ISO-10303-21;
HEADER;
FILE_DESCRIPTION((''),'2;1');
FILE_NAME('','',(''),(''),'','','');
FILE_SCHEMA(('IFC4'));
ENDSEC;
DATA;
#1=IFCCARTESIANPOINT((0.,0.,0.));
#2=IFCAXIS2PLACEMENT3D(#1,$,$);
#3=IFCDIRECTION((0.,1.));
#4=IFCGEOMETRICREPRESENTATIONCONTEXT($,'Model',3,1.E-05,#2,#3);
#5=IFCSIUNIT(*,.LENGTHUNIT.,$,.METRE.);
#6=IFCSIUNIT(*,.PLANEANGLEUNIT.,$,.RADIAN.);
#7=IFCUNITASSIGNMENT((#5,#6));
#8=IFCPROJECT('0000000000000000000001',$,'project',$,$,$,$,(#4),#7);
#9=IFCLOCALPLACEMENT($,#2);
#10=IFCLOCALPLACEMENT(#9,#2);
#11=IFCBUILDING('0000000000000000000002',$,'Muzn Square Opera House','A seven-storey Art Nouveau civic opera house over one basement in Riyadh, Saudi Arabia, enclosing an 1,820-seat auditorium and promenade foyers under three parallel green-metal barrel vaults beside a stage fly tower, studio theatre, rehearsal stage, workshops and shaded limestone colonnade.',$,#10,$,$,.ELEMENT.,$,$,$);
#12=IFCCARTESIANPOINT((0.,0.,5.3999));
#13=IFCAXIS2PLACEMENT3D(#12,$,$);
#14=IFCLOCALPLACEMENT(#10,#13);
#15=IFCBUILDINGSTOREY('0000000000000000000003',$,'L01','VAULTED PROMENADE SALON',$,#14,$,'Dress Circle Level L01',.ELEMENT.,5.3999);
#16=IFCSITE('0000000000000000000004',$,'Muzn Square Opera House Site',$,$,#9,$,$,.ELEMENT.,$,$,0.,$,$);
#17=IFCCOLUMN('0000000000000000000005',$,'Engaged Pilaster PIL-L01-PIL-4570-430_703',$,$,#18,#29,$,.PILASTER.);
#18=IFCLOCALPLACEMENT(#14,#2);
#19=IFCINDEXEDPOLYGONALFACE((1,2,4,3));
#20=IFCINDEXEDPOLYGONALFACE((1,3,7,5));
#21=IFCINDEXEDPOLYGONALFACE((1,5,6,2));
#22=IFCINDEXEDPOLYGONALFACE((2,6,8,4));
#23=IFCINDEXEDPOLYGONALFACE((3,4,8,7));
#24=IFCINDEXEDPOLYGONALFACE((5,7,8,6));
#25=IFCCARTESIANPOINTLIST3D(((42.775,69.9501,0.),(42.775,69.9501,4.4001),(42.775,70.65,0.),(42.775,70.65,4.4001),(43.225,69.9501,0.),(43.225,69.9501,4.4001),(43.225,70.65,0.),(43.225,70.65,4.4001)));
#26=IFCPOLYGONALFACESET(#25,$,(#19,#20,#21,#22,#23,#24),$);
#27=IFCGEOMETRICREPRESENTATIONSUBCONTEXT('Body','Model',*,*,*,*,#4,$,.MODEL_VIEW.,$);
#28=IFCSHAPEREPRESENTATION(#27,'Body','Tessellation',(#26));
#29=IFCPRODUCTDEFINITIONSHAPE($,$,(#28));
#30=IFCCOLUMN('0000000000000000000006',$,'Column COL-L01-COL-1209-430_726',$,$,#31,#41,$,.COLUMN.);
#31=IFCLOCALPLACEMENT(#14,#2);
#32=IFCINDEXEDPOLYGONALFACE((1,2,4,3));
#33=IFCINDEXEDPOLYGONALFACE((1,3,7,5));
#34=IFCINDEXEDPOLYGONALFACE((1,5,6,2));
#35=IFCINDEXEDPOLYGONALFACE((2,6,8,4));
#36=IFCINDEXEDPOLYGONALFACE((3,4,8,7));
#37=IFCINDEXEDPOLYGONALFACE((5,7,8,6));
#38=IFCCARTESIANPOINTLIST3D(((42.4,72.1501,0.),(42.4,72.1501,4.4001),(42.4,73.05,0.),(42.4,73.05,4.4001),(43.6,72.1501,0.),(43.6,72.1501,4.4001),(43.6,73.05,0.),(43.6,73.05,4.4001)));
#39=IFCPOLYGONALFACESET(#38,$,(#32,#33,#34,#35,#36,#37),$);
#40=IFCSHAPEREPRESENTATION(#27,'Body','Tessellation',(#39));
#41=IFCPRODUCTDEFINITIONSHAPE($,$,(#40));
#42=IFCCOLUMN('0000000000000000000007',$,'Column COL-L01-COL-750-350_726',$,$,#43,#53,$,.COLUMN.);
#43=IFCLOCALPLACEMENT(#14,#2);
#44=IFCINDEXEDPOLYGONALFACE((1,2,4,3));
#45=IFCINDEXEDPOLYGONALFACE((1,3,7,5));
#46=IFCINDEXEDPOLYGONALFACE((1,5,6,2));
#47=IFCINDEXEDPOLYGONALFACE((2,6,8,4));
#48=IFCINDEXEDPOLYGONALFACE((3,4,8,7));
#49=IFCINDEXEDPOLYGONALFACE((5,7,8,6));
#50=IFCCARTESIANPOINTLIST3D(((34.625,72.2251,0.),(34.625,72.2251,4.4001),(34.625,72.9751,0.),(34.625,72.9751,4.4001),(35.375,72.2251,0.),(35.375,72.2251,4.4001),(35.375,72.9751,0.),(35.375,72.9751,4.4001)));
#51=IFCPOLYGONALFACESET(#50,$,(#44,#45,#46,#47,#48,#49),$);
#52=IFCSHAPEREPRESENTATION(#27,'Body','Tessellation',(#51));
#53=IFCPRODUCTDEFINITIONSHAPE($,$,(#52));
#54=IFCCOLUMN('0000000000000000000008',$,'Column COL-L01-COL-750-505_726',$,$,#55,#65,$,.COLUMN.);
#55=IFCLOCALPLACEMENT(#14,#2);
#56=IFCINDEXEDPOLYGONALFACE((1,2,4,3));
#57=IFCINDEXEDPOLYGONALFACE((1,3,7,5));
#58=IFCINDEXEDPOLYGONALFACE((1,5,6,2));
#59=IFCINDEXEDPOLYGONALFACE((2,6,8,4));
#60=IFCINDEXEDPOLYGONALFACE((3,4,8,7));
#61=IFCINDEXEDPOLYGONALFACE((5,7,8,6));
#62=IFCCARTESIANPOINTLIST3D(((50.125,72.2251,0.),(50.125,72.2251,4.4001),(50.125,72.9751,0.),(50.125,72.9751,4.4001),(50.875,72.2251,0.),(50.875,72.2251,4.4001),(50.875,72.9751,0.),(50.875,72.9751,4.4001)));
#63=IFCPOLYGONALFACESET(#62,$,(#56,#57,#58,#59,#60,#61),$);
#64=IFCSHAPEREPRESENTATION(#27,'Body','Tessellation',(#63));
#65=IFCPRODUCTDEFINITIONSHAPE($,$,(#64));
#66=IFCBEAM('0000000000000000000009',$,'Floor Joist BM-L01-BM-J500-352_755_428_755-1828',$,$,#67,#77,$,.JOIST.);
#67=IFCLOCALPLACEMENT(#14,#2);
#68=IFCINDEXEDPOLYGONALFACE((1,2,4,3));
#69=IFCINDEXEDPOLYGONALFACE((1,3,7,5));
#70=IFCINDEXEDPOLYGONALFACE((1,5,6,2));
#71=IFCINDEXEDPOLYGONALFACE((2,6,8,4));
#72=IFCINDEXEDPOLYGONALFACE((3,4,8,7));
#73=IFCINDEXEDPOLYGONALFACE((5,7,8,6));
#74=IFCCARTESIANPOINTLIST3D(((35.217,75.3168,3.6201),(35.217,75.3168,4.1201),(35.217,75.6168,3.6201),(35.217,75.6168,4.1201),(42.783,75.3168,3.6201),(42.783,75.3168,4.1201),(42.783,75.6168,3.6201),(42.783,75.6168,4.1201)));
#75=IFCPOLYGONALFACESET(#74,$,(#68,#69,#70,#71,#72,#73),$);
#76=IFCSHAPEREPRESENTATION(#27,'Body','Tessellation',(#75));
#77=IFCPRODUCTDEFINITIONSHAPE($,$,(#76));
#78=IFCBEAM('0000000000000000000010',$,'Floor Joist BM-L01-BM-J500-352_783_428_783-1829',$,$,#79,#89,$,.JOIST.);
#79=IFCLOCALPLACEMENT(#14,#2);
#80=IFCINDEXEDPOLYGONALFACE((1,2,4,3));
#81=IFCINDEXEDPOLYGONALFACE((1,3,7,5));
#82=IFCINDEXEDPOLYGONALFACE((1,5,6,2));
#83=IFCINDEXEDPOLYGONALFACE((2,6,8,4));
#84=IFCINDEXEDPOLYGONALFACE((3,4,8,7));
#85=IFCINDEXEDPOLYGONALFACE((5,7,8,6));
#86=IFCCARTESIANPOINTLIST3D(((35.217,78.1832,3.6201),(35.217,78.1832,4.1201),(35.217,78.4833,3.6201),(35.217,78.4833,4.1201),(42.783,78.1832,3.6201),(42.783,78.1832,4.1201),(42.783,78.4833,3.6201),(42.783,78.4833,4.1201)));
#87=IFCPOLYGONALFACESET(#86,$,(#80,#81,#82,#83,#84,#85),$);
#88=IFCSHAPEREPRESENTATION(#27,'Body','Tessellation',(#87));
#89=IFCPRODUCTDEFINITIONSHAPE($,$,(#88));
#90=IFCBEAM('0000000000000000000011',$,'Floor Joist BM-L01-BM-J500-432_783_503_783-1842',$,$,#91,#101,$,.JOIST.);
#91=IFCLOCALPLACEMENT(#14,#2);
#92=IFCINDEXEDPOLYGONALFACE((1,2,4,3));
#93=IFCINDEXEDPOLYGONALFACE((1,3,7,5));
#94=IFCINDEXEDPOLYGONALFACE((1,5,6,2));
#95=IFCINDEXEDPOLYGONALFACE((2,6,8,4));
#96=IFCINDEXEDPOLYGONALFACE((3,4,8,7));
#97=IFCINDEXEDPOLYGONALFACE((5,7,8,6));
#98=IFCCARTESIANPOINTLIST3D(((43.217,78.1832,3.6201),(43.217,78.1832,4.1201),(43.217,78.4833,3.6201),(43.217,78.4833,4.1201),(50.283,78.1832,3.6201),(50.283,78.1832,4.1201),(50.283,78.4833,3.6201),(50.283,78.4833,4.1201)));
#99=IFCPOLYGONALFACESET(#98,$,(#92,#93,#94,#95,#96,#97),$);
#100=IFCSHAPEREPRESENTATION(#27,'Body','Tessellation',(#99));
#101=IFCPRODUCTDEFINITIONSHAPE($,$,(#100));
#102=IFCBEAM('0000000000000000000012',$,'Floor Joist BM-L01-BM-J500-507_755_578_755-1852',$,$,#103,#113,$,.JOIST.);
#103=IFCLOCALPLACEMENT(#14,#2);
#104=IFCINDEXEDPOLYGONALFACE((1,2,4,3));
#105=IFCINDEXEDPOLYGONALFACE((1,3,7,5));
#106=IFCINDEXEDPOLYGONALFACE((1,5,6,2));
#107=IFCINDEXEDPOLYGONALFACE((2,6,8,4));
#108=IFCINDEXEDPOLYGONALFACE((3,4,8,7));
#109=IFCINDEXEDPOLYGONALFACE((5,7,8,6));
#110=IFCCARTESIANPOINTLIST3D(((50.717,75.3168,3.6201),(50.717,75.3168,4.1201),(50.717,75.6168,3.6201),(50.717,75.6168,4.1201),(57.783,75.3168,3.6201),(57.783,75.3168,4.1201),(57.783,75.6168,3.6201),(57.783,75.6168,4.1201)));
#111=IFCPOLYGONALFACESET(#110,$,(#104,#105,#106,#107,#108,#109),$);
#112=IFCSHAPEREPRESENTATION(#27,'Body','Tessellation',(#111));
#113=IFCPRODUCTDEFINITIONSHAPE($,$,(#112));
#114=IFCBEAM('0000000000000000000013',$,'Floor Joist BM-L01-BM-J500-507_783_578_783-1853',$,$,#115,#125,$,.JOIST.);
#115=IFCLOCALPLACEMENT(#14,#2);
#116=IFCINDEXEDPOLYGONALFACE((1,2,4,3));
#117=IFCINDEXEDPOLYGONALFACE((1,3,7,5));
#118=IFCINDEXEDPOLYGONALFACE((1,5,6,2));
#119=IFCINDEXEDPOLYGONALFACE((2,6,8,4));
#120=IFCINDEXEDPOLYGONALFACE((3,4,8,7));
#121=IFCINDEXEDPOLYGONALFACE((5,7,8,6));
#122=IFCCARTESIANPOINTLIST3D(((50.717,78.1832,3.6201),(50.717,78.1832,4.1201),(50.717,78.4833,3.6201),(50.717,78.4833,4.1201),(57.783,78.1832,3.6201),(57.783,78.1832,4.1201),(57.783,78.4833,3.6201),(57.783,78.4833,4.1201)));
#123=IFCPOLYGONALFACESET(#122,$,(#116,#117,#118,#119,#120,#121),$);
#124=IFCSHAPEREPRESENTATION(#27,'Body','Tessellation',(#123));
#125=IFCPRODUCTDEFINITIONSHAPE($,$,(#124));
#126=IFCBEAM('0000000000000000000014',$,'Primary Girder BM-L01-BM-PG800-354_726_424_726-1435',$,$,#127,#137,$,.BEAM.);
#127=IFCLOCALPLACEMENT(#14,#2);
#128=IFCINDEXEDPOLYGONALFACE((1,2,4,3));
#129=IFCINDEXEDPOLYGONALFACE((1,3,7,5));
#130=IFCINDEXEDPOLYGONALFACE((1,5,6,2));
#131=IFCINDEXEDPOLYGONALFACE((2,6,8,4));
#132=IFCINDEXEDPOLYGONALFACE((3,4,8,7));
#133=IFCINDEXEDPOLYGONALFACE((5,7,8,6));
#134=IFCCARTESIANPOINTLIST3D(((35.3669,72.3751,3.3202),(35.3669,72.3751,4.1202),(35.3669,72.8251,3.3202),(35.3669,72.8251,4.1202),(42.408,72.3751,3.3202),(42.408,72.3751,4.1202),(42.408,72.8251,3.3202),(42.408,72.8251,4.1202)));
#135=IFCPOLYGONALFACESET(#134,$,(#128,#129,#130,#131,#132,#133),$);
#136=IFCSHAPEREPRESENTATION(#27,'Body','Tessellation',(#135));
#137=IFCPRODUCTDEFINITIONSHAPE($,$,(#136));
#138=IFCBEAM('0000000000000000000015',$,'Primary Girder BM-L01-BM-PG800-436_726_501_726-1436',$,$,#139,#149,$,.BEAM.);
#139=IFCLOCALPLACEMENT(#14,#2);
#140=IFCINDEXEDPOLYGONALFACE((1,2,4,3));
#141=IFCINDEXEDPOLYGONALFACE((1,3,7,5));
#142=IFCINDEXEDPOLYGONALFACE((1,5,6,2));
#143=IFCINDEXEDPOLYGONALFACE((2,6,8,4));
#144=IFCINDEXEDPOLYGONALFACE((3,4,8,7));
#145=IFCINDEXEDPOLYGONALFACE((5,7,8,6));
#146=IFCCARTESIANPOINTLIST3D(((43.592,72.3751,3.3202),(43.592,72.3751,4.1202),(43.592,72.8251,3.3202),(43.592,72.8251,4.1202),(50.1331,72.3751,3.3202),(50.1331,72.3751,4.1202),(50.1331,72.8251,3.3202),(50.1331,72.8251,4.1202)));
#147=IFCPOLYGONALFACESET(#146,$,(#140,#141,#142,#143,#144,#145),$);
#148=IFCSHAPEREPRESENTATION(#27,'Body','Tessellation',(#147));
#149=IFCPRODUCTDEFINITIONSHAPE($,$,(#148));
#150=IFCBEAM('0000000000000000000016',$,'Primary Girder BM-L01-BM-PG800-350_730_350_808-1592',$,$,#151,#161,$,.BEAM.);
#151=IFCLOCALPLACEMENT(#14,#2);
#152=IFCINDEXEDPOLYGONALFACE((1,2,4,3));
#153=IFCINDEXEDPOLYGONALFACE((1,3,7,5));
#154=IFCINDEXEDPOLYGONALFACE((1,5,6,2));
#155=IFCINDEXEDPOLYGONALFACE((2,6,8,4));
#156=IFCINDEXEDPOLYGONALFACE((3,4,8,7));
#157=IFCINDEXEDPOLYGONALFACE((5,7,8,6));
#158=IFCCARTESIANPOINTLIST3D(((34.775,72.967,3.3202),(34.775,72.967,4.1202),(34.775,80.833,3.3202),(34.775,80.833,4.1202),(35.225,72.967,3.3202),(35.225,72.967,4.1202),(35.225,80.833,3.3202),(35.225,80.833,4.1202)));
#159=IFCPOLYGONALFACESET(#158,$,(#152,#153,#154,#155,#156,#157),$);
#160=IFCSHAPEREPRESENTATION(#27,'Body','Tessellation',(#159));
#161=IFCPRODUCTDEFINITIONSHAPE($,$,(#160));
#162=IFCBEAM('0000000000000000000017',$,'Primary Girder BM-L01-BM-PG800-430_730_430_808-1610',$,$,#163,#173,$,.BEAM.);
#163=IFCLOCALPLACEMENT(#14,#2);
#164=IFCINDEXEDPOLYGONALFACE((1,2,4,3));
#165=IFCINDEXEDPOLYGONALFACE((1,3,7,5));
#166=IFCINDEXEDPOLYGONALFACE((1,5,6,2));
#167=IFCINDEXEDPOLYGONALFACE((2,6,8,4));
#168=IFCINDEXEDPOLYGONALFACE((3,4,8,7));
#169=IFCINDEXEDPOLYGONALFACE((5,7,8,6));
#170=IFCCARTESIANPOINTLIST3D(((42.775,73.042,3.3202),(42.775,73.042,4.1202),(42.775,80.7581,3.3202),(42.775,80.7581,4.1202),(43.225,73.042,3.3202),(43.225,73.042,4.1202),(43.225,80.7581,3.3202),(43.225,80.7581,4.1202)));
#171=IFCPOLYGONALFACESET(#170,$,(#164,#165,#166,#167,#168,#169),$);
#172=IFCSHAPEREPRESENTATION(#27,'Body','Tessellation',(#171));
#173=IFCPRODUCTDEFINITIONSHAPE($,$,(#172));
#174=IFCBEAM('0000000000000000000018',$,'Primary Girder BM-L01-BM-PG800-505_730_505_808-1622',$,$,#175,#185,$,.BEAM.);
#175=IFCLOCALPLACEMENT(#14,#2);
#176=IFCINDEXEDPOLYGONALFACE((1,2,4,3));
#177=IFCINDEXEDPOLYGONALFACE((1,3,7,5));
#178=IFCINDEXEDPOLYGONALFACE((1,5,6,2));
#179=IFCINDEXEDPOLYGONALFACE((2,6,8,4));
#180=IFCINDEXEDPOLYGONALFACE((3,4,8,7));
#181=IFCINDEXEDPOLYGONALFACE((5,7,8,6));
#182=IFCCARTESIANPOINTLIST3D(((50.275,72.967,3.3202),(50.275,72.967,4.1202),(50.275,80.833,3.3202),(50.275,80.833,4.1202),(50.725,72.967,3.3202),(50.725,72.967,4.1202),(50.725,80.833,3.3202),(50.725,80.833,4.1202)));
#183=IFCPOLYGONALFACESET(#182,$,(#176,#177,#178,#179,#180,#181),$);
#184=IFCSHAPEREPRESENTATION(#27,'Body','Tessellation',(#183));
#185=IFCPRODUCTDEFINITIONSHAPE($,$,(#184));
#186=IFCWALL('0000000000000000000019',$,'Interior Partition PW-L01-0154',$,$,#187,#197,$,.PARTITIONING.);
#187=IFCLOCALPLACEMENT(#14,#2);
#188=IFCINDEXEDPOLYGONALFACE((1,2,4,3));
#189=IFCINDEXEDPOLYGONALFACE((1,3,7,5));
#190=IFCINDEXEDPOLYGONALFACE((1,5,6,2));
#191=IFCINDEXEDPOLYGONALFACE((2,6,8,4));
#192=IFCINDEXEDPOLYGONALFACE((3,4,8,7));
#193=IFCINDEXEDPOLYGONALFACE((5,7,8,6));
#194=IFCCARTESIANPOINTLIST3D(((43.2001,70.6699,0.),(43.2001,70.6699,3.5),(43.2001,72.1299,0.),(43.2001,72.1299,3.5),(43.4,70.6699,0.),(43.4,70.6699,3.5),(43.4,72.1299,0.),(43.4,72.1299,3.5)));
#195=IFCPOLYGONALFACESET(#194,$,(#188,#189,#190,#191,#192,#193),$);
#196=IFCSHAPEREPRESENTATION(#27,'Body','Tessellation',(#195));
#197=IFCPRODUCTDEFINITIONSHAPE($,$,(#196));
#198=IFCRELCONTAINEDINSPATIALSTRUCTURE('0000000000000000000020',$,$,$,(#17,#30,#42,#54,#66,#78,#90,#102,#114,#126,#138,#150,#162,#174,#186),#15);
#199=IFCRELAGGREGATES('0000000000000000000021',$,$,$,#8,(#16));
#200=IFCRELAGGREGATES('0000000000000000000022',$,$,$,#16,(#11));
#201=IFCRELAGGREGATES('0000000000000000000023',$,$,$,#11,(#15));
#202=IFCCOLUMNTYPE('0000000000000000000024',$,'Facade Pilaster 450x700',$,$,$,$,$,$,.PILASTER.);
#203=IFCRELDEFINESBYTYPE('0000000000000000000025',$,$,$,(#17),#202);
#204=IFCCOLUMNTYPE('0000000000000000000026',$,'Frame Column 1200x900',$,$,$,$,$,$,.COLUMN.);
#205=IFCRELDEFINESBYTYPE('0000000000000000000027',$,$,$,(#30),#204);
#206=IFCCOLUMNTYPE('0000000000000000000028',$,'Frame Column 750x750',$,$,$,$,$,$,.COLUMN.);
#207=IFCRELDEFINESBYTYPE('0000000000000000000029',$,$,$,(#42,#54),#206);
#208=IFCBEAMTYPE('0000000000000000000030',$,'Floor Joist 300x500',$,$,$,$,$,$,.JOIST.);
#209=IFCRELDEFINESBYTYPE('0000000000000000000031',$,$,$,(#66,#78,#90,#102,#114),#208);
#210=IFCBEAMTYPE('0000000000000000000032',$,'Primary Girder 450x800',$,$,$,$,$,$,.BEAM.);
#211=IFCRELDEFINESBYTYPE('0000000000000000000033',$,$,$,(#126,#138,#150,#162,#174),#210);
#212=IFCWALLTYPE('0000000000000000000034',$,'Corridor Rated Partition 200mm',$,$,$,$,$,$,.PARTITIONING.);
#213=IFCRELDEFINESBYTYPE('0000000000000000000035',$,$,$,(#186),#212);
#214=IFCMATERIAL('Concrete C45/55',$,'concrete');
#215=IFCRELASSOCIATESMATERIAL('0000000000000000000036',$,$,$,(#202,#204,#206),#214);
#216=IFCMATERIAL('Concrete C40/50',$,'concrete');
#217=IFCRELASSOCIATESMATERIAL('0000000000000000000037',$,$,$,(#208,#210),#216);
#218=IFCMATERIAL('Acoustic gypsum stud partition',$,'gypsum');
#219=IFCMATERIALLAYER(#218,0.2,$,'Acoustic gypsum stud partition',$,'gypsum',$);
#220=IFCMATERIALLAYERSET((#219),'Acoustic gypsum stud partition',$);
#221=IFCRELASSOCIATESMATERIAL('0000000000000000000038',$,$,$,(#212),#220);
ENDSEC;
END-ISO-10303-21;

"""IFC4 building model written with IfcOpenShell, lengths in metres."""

from ifc_helpers import new_model, si_unit, direction, frame, frame_2d, origin, origin_2d, place, context, subcontext, project, spatial, rectangle, extrude, material, layer, layer_set, material_profile, profile_set, type_object, element, save


model = new_model("IFC4")

# Units and contexts
model_context = context("Model", 3, precision=1e-05, world=origin(), true_north=direction((0.0, 1.0)))
body_context = subcontext(model_context, "Body", "Model", "MODEL_VIEW")
ifc_project = project(units=[si_unit("LENGTHUNIT", "METRE"), si_unit("PLANEANGLEUNIT", "RADIAN")], contexts=[model_context])

# Site, building, storey
site_placement = place(None, origin())
site = spatial("IfcSite", under=ifc_project, at=site_placement, Name="Muzn Square Opera House Site", CompositionType="ELEMENT", RefElevation=0.0)
building_placement = place(site_placement, origin())
building = spatial("IfcBuilding", under=site, at=building_placement, Name="Muzn Square Opera House", Description="A seven-storey Art Nouveau civic opera house over one basement in Riyadh, Saudi Arabia, enclosing an 1,820-seat auditorium and promenade foyers under three parallel green-metal barrel vaults beside a stage fly tower, studio theatre, rehearsal stage, workshops and shaded limestone colonnade.", CompositionType="ELEMENT")
storey_placement = place(building_placement, frame((0.0, 0.0, 5.3999)))
storey = spatial("IfcBuildingStorey", under=building, at=storey_placement, Name="L01", Description="VAULTED PROMENADE SALON", LongName="Dress Circle Level L01", CompositionType="ELEMENT", Elevation=5.3999)

# Columns
ifc_material_1 = material(Name="Concrete C45/55", Category="concrete")
ifc_material_profile_1 = material_profile(ifc_material_1, rectangle(XDim=0.45, YDim=0.7, at=origin_2d()), Name="RC 450x700", Category="concrete")
ifc_profile_set_1 = profile_set([ifc_material_profile_1], Name="Concrete C45/55")
column_type_1 = type_object("IfcColumnType", Name="Facade Pilaster 450x700", PredefinedType="PILASTER", material=ifc_profile_set_1)
column_1_placement = place(storey_placement, frame((43.0, 70.3, 0.0), z_axis=(0.0, 0.0, 1.0), x_axis=(1.0, 0.0, 0.0)))
element("IfcColumn", 1, at=column_1_placement, inside=storey, type_object=column_type_1, Name="Engaged Pilaster PIL-L01-PIL-4570-430_703", PredefinedType="PILASTER", context=body_context, shape_type="SweptSolid", body=[
    extrude(rectangle(XDim=0.45, YDim=0.7, at=origin_2d()), origin(), (0.0, 0.0, 1.0), 4.4001),
])
ifc_material_profile_2 = material_profile(ifc_material_1, rectangle(XDim=1.2, YDim=0.8999, at=origin_2d()), Name="RC 1200x900", Category="concrete")
ifc_profile_set_2 = profile_set([ifc_material_profile_2], Name="Concrete C45/55")
column_type_2 = type_object("IfcColumnType", Name="Frame Column 1200x900", PredefinedType="COLUMN", material=ifc_profile_set_2)
column_2_placement = place(storey_placement, frame((43.0, 72.6001, 0.0), z_axis=(0.0, 0.0, 1.0), x_axis=(1.0, 0.0, 0.0)))
element("IfcColumn", 2, at=column_2_placement, inside=storey, type_object=column_type_2, Name="Column COL-L01-COL-1209-430_726", PredefinedType="COLUMN", context=body_context, shape_type="SweptSolid", body=[
    extrude(rectangle(XDim=1.2, YDim=0.8999, at=origin_2d()), origin(), (0.0, 0.0, 1.0), 4.4001),
])
ifc_material_profile_3 = material_profile(ifc_material_1, rectangle(XDim=0.75, YDim=0.75, at=origin_2d()), Name="RC 750x750", Category="concrete")
ifc_profile_set_3 = profile_set([ifc_material_profile_3], Name="Concrete C45/55")
column_type_3 = type_object("IfcColumnType", Name="Frame Column 750x750", PredefinedType="COLUMN", material=ifc_profile_set_3)
for number, where, z_axis, x_axis, name in (
    (3, (35.0, 72.6001, 0.0), (0.0, 0.0, 1.0), (1.0, 0.0, 0.0), "Column COL-L01-COL-750-350_726"),
    (4, (50.5, 72.6001, 0.0), (0.0, 0.0, 1.0), (1.0, 0.0, 0.0), "Column COL-L01-COL-750-505_726"),
):
    element("IfcColumn", number, at=place(storey_placement, frame(where, z_axis=z_axis, x_axis=x_axis)), inside=storey, type_object=column_type_3, Name=name, PredefinedType="COLUMN", context=body_context, shape_type="SweptSolid", body=[
        extrude(rectangle(XDim=0.75, YDim=0.75, at=origin_2d()), origin(), (0.0, 0.0, 1.0), 4.4001),
    ])

# Beams
ifc_material_2 = material(Name="Concrete C40/50", Category="concrete")
ifc_material_profile_4 = material_profile(ifc_material_2, rectangle(XDim=0.3, YDim=0.5, at=origin_2d()), Name="RCJ 300x500", Category="concrete")
ifc_profile_set_4 = profile_set([ifc_material_profile_4], Name="Concrete C40/50")
beam_type_1 = type_object("IfcBeamType", Name="Floor Joist 300x500", PredefinedType="JOIST", material=ifc_profile_set_4)
for number, where, z_axis, x_axis, name in (
    (5, (35.217, 75.4668, 3.8701), (1.0, 0.0, 0.0), (0.0, 1.0, 0.0), "Floor Joist BM-L01-BM-J500-352_755_428_755-1828"),
    (6, (35.217, 78.3333, 3.8701), (1.0, 0.0, 0.0), (0.0, 1.0, 0.0), "Floor Joist BM-L01-BM-J500-352_783_428_783-1829"),
):
    element("IfcBeam", number, at=place(storey_placement, frame(where, z_axis=z_axis, x_axis=x_axis)), inside=storey, type_object=beam_type_1, Name=name, PredefinedType="JOIST", context=body_context, shape_type="SweptSolid", body=[
        extrude(rectangle(XDim=0.3, YDim=0.5, at=origin_2d()), origin(), (0.0, 0.0, 1.0), 7.5659),
    ])
for number, where, z_axis, x_axis, name in (
    (7, (43.217, 78.3333, 3.8701), (1.0, 0.0, 0.0), (0.0, 1.0, 0.0), "Floor Joist BM-L01-BM-J500-432_783_503_783-1842"),
    (8, (50.717, 75.4668, 3.8701), (1.0, 0.0, 0.0), (0.0, 1.0, 0.0), "Floor Joist BM-L01-BM-J500-507_755_578_755-1852"),
    (9, (50.717, 78.3333, 3.8701), (1.0, 0.0, 0.0), (0.0, 1.0, 0.0), "Floor Joist BM-L01-BM-J500-507_783_578_783-1853"),
):
    element("IfcBeam", number, at=place(storey_placement, frame(where, z_axis=z_axis, x_axis=x_axis)), inside=storey, type_object=beam_type_1, Name=name, PredefinedType="JOIST", context=body_context, shape_type="SweptSolid", body=[
        extrude(rectangle(XDim=0.3, YDim=0.5, at=origin_2d()), origin(), (0.0, 0.0, 1.0), 7.0659),
    ])
ifc_material_profile_5 = material_profile(ifc_material_2, rectangle(XDim=0.45, YDim=0.8, at=origin_2d()), Name="RCB 450x800", Category="concrete")
ifc_profile_set_5 = profile_set([ifc_material_profile_5], Name="Concrete C40/50")
beam_type_2 = type_object("IfcBeamType", Name="Primary Girder 450x800", PredefinedType="BEAM", material=ifc_profile_set_5)
beam_1_placement = place(storey_placement, frame((35.3669, 72.6001, 3.7202), z_axis=(1.0, 0.0, 0.0), x_axis=(0.0, 1.0, 0.0)))
element("IfcBeam", 10, at=beam_1_placement, inside=storey, type_object=beam_type_2, Name="Primary Girder BM-L01-BM-PG800-354_726_424_726-1435", PredefinedType="BEAM", context=body_context, shape_type="SweptSolid", body=[
    extrude(rectangle(XDim=0.45, YDim=0.8, at=origin_2d()), origin(), (0.0, 0.0, 1.0), 7.041),
])
beam_2_placement = place(storey_placement, frame((43.592, 72.6001, 3.7202), z_axis=(1.0, 0.0, 0.0), x_axis=(0.0, 1.0, 0.0)))
element("IfcBeam", 11, at=beam_2_placement, inside=storey, type_object=beam_type_2, Name="Primary Girder BM-L01-BM-PG800-436_726_501_726-1436", PredefinedType="BEAM", context=body_context, shape_type="SweptSolid", body=[
    extrude(rectangle(XDim=0.45, YDim=0.8, at=origin_2d()), origin(), (0.0, 0.0, 1.0), 6.541),
])
beam_3_placement = place(storey_placement, frame((35.0, 72.967, 3.7202), z_axis=(0.0, 1.0, 0.0), x_axis=(-1.0, 0.0, 0.0)))
element("IfcBeam", 12, at=beam_3_placement, inside=storey, type_object=beam_type_2, Name="Primary Girder BM-L01-BM-PG800-350_730_350_808-1592", PredefinedType="BEAM", context=body_context, shape_type="SweptSolid", body=[
    extrude(rectangle(XDim=0.45, YDim=0.8, at=origin_2d()), origin(), (0.0, 0.0, 1.0), 7.866),
])
beam_4_placement = place(storey_placement, frame((43.0, 73.042, 3.7202), z_axis=(0.0, 1.0, 0.0), x_axis=(-1.0, 0.0, 0.0)))
element("IfcBeam", 13, at=beam_4_placement, inside=storey, type_object=beam_type_2, Name="Primary Girder BM-L01-BM-PG800-430_730_430_808-1610", PredefinedType="BEAM", context=body_context, shape_type="SweptSolid", body=[
    extrude(rectangle(XDim=0.45, YDim=0.8, at=origin_2d()), origin(), (0.0, 0.0, 1.0), 7.7161),
])
beam_5_placement = place(storey_placement, frame((50.5, 72.967, 3.7202), z_axis=(0.0, 1.0, 0.0), x_axis=(-1.0, 0.0, 0.0)))
element("IfcBeam", 14, at=beam_5_placement, inside=storey, type_object=beam_type_2, Name="Primary Girder BM-L01-BM-PG800-505_730_505_808-1622", PredefinedType="BEAM", context=body_context, shape_type="SweptSolid", body=[
    extrude(rectangle(XDim=0.45, YDim=0.8, at=origin_2d()), origin(), (0.0, 0.0, 1.0), 7.866),
])

# Wall
ifc_material_3 = material(Name="Acoustic gypsum stud partition", Category="gypsum")
ifc_layer_1 = layer(ifc_material_3, 0.2, Name="Acoustic gypsum stud partition", Category="gypsum")
ifc_layer_set_1 = layer_set([ifc_layer_1], Name="Acoustic gypsum stud partition")
wall_type_1 = type_object("IfcWallType", Name="Corridor Rated Partition 200mm", PredefinedType="PARTITIONING", material=ifc_layer_set_1)
wall_1_placement = place(storey_placement, frame((43.3, 70.6699, 0.0), z_axis=(0.0, 0.0, 1.0), x_axis=(0.0, 1.0, 0.0)))
element("IfcWall", 15, at=wall_1_placement, inside=storey, type_object=wall_type_1, Name="Interior Partition PW-L01-0154", PredefinedType="PARTITIONING", context=body_context, shape_type="SweptSolid", body=[
    extrude(rectangle(XDim=1.46, YDim=0.2, at=frame_2d((0.73, 0.0))), origin(), (0.0, 0.0, 1.0), 3.5),
])

save(model, "model.ifc")
